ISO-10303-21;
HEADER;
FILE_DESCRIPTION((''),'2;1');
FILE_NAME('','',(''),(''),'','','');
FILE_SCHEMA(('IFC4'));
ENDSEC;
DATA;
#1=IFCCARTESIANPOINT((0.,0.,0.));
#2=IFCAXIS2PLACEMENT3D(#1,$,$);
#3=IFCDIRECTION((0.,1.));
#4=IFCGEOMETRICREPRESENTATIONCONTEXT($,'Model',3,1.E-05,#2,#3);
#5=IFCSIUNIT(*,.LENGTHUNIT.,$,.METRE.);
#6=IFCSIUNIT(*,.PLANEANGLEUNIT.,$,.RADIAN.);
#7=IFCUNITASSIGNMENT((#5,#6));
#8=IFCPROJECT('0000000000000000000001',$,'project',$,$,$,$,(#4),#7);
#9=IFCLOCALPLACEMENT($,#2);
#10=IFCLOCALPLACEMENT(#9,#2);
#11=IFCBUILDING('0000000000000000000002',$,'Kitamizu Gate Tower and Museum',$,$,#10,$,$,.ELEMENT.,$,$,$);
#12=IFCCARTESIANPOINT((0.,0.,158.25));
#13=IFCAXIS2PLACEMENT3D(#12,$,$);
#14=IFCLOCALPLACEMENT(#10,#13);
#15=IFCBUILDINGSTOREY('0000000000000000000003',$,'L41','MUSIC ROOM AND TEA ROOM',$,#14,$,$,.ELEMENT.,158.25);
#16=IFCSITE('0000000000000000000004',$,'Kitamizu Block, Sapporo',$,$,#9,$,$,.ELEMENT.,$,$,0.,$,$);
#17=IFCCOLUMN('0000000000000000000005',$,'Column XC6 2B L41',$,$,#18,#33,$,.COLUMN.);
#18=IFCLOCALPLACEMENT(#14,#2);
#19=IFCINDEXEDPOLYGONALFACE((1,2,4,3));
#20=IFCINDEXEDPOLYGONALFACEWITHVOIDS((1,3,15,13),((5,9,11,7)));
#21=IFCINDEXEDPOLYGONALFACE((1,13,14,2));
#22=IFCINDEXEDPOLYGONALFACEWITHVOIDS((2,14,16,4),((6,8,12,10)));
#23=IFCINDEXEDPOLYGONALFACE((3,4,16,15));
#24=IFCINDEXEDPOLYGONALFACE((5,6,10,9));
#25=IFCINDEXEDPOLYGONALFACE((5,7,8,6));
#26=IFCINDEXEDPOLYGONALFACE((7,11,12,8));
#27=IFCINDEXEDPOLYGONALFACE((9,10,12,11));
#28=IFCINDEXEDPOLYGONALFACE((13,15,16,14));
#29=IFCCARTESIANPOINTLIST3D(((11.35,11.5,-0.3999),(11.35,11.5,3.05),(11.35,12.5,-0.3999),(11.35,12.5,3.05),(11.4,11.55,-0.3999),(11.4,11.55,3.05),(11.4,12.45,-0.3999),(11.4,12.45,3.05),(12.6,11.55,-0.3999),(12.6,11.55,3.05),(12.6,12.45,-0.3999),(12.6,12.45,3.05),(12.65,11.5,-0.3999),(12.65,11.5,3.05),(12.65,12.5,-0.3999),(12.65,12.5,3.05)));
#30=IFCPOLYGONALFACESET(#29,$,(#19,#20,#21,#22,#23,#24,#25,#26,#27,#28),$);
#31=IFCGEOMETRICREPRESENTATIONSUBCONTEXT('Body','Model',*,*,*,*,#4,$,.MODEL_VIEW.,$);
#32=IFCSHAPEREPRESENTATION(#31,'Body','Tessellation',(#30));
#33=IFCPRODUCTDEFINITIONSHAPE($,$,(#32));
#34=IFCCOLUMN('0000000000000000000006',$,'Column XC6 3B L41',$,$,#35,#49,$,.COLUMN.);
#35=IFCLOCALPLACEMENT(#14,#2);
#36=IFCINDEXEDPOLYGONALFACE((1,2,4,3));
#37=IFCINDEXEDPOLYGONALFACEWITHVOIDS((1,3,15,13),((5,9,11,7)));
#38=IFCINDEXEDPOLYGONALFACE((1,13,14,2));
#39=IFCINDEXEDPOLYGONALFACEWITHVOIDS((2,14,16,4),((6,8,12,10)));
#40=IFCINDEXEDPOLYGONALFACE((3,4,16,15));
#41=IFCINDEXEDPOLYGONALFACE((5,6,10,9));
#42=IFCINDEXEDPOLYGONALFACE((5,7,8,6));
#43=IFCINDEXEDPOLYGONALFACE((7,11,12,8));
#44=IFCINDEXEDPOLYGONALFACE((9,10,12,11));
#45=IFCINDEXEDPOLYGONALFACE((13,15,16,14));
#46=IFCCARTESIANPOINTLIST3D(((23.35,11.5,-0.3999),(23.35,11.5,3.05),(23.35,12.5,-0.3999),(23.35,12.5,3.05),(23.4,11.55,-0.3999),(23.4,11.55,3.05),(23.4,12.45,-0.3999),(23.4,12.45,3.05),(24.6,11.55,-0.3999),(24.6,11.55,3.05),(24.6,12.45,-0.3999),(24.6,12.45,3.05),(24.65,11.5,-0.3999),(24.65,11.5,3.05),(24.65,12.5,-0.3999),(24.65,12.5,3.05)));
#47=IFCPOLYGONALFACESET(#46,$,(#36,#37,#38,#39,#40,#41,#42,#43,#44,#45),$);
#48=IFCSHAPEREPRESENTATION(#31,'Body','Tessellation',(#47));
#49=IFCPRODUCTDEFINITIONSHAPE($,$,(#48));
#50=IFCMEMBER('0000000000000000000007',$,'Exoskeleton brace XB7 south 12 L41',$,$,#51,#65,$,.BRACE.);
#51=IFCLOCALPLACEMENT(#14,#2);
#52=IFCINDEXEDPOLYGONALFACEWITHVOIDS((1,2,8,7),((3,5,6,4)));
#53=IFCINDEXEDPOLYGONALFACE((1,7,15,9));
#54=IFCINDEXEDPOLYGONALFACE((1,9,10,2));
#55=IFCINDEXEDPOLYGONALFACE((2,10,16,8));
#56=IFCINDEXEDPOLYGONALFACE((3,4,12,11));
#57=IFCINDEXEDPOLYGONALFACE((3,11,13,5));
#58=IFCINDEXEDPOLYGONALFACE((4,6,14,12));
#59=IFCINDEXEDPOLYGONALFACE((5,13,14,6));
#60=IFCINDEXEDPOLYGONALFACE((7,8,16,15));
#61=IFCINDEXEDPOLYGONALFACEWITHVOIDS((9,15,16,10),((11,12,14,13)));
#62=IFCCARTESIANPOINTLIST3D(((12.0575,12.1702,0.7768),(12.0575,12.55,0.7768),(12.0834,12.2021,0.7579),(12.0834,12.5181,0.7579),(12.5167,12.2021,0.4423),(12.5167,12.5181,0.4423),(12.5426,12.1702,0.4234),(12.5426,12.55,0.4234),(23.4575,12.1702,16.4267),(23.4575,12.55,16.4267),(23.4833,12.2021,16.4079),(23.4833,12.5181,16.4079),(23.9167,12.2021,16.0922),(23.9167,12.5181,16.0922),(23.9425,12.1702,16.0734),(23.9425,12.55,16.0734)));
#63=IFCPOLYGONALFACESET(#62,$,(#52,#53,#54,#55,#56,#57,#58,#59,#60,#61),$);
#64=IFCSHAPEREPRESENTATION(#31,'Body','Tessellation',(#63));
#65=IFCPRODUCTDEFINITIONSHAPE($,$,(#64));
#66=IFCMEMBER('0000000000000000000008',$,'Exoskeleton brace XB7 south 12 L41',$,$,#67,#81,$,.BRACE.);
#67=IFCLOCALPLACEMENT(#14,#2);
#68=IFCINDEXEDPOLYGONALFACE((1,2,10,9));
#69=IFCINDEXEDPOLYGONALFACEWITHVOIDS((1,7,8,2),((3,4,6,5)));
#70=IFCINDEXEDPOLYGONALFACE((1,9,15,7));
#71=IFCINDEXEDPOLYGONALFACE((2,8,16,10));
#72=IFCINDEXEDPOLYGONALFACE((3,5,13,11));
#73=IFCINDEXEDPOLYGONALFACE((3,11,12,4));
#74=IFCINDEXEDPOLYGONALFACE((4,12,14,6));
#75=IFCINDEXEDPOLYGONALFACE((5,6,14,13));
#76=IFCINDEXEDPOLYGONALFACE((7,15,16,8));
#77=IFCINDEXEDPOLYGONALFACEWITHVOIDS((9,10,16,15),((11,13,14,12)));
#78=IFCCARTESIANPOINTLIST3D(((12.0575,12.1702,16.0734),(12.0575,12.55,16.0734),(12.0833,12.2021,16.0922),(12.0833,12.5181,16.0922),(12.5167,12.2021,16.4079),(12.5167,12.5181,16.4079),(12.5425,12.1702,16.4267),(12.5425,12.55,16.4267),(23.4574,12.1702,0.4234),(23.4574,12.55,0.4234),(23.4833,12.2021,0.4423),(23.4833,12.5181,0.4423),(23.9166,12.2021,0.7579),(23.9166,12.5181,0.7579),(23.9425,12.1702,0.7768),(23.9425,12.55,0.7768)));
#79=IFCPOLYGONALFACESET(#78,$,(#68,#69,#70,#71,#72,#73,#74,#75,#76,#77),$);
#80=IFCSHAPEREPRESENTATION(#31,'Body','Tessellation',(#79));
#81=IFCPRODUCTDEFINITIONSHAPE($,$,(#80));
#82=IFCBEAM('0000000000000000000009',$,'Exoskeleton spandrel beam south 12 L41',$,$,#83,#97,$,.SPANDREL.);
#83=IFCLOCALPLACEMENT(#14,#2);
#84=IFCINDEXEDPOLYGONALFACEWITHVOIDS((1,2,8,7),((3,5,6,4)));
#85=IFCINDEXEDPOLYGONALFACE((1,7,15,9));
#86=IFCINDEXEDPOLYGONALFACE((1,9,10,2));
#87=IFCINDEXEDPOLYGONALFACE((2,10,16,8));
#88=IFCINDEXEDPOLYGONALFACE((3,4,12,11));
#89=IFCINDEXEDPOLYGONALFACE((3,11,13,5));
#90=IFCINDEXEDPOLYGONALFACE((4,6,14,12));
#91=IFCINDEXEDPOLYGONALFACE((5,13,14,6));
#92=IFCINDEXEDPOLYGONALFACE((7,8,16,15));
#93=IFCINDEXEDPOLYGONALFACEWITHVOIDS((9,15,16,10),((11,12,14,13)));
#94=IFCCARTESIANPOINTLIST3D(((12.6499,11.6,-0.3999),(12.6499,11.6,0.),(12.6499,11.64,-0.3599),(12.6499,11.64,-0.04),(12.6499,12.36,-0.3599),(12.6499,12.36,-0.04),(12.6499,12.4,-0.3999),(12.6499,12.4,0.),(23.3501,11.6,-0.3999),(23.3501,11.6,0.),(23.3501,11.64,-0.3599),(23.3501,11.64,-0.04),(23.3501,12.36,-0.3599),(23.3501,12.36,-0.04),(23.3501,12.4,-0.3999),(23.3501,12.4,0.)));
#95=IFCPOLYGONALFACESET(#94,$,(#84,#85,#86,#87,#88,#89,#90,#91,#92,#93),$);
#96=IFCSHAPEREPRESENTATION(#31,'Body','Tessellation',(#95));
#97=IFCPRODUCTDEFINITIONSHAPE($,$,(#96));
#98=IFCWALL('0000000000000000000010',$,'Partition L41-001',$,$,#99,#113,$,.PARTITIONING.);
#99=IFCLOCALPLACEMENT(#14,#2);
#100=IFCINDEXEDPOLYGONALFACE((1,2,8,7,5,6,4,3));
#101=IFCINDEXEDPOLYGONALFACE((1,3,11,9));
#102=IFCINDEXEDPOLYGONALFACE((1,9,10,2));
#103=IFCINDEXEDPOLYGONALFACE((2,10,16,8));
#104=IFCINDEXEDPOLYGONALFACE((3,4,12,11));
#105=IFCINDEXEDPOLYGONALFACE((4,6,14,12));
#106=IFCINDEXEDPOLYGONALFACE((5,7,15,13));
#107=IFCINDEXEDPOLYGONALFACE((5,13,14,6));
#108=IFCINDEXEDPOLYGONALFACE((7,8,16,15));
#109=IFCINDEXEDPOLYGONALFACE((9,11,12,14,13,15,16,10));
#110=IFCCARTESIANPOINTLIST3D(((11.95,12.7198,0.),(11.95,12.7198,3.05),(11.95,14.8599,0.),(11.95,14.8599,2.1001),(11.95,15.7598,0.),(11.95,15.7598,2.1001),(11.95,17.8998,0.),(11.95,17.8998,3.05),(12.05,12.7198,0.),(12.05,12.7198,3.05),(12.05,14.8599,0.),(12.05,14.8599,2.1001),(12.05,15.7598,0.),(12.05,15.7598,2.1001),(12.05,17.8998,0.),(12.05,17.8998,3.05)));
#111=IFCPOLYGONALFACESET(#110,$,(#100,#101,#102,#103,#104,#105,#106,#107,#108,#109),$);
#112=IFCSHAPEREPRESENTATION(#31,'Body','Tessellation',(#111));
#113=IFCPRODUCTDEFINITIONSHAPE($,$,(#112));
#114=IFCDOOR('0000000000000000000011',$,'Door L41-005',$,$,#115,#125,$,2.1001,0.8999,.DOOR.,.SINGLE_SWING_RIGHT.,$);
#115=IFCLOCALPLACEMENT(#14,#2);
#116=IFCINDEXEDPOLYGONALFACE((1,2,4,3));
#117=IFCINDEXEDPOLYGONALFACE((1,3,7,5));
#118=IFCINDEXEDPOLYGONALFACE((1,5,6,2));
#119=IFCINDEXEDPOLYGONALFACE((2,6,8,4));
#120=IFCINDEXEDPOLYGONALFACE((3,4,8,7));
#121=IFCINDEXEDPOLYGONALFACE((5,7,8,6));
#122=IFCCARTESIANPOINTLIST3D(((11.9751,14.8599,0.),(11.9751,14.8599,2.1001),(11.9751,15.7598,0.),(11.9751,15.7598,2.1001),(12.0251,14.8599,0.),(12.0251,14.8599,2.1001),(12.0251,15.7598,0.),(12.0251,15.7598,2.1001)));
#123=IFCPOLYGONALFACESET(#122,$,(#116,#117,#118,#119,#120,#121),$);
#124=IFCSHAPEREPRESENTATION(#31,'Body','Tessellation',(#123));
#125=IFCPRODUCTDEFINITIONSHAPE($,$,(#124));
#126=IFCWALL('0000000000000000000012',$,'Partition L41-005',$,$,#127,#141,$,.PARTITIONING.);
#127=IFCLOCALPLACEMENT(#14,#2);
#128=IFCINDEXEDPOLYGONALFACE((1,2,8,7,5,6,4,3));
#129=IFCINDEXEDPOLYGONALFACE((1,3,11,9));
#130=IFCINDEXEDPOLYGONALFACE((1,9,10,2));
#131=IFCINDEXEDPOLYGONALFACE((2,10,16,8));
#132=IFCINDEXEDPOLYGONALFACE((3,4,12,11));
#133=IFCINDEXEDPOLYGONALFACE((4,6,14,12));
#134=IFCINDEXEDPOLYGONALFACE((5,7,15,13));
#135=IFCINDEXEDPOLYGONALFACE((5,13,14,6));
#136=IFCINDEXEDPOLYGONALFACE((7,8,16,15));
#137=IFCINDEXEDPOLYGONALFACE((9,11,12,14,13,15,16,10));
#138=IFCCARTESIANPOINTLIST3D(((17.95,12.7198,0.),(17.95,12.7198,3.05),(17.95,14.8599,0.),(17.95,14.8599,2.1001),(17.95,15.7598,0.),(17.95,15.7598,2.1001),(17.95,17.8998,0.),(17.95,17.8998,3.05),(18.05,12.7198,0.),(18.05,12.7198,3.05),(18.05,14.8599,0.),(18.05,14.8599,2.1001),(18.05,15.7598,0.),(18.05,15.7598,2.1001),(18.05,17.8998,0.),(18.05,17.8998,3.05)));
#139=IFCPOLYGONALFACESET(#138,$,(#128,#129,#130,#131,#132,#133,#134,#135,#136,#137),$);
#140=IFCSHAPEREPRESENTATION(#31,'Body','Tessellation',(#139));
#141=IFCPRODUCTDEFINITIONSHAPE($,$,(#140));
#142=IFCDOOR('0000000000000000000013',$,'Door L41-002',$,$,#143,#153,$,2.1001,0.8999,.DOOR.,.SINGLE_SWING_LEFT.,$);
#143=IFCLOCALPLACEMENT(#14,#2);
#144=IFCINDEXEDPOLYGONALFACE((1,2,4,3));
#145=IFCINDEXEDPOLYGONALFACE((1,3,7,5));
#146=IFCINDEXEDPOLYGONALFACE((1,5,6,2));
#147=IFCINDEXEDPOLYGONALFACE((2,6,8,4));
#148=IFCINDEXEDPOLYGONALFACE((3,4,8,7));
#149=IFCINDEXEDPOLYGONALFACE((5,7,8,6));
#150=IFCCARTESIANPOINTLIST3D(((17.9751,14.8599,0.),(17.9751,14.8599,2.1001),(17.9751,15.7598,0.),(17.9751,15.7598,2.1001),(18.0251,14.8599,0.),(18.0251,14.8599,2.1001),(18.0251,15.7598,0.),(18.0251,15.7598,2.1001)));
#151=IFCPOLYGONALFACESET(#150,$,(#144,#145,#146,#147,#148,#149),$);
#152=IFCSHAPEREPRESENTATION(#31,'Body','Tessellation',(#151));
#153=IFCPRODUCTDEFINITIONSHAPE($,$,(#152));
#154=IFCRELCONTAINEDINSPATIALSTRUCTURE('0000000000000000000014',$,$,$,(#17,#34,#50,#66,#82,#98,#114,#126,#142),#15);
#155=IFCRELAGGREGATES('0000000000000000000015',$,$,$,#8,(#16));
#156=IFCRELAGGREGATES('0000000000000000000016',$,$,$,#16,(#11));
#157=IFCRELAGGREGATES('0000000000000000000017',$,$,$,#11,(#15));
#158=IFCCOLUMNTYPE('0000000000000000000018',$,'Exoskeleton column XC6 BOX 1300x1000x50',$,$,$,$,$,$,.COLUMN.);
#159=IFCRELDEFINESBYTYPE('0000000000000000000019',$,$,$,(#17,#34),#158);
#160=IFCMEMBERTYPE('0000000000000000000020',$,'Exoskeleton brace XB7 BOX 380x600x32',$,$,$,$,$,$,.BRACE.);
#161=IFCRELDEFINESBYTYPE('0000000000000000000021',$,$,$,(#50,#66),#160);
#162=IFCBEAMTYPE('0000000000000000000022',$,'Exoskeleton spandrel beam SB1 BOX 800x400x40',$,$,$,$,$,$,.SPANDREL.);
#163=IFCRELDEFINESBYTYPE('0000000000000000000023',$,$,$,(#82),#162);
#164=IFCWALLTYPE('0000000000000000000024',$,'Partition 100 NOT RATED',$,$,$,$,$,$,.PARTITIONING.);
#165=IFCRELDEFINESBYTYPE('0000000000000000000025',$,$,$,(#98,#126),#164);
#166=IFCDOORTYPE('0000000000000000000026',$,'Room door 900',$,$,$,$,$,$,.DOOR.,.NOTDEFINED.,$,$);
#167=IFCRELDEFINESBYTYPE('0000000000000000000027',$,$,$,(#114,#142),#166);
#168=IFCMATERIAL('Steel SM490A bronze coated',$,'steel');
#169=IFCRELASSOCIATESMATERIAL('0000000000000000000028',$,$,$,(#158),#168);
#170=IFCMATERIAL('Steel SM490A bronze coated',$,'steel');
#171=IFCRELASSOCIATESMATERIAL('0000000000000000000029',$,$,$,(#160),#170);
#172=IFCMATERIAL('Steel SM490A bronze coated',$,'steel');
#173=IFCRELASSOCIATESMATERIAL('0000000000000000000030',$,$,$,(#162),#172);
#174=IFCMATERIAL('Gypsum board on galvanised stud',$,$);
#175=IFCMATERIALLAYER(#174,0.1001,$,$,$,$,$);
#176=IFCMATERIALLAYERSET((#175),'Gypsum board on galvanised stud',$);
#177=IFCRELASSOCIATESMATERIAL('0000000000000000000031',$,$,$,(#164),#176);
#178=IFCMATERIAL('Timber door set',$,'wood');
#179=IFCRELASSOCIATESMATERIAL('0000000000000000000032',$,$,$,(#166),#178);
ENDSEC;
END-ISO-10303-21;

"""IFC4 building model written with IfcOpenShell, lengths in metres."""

from ifc_helpers import new_model, si_unit, direction, frame, frame_2d, origin, origin_2d, place, context, subcontext, project, spatial, rectangle, hollow_rectangle, extrude, material, layer, layer_set, material_profile, profile_set, type_object, element, fill, save


model = new_model("IFC4")

# Units and contexts
model_context = context("Model", 3, precision=1e-05, world=origin(), true_north=direction((0.0, 1.0)))
body_context = subcontext(model_context, "Body", "Model", "MODEL_VIEW")
ifc_project = project(units=[si_unit("LENGTHUNIT", "METRE"), si_unit("PLANEANGLEUNIT", "RADIAN")], contexts=[model_context])

# Site, building, storey
site_placement = place(None, origin())
site = spatial("IfcSite", under=ifc_project, at=site_placement, Name="Kitamizu Block, Sapporo", CompositionType="ELEMENT", RefElevation=0.0)
building_placement = place(site_placement, origin())
building = spatial("IfcBuilding", under=site, at=building_placement, Name="Kitamizu Gate Tower and Museum", CompositionType="ELEMENT")
storey_placement = place(building_placement, frame((0.0, 0.0, 158.25)))
storey = spatial("IfcBuildingStorey", under=building, at=storey_placement, Name="L41", Description="MUSIC ROOM AND TEA ROOM", CompositionType="ELEMENT", Elevation=158.25)

# Columns
ifc_material_1 = material(Name="Steel SM490A bronze coated", Category="steel")
ifc_material_profile_1 = material_profile(ifc_material_1, hollow_rectangle(XDim=1.3, YDim=1.0, WallThickness=0.05, at=origin_2d()), Name="BOX 1300x1000x50")
ifc_profile_set_1 = profile_set([ifc_material_profile_1], Name="Steel SM490A bronze coated")
column_type = type_object("IfcColumnType", Name="Exoskeleton column XC6 BOX 1300x1000x50", PredefinedType="COLUMN", material=ifc_profile_set_1)
for number, where, z_axis, x_axis, name in (
    (1, (12.0, 12.0, -0.3999), (0.0, 0.0, 1.0), (1.0, 0.0, 0.0), "Column XC6 2B L41"),
    (2, (24.0, 12.0, -0.3999), (0.0, 0.0, 1.0), (1.0, 0.0, 0.0), "Column XC6 3B L41"),
):
    element("IfcColumn", number, at=place(storey_placement, frame(where, z_axis=z_axis, x_axis=x_axis)), inside=storey, type_object=column_type, Name=name, PredefinedType="COLUMN", context=body_context, shape_type="SweptSolid", body=[
        extrude(hollow_rectangle(XDim=1.3, YDim=1.0, WallThickness=0.05, at=origin_2d()), origin(), (0.0, 0.0, 1.0), 3.45),
    ])

# Members
ifc_material_2 = material(Name="Steel SM490A bronze coated", Category="steel")
ifc_material_profile_2 = material_profile(ifc_material_2, hollow_rectangle(XDim=0.3799, YDim=0.6001, WallThickness=0.032, at=origin_2d()), Name="BOX 380x600x32")
ifc_profile_set_2 = profile_set([ifc_material_profile_2], Name="Steel SM490A bronze coated")
member_type = type_object("IfcMemberType", Name="Exoskeleton brace XB7 BOX 380x600x32", PredefinedType="BRACE", material=ifc_profile_set_2)
for number, where, z_axis, x_axis, name in (
    (3, (12.3, 12.3601, 0.6001), (0.588785, 0.0, 0.80829), (0.0, 1.0, 0.0), "Exoskeleton brace XB7 south 12 L41"),
    (4, (23.7, 12.3601, 0.6001), (-0.588785, 0.0, 0.80829), (0.0, -1.0, 0.0), "Exoskeleton brace XB7 south 12 L41"),
):
    element("IfcMember", number, at=place(storey_placement, frame(where, z_axis=z_axis, x_axis=x_axis)), inside=storey, type_object=member_type, Name=name, PredefinedType="BRACE", context=body_context, shape_type="SweptSolid", body=[
        extrude(hollow_rectangle(XDim=0.3799, YDim=0.6001, WallThickness=0.032, at=origin_2d()), origin(), (0.0, 0.0, 1.0), 19.3618),
    ])

# Beam
ifc_material_3 = material(Name="Steel SM490A bronze coated", Category="steel")
ifc_material_profile_3 = material_profile(ifc_material_3, hollow_rectangle(XDim=0.8, YDim=0.3999, WallThickness=0.04, at=origin_2d()), Name="BOX 800x400x40")
ifc_profile_set_3 = profile_set([ifc_material_profile_3], Name="Steel SM490A bronze coated")
beam_type = type_object("IfcBeamType", Name="Exoskeleton spandrel beam SB1 BOX 800x400x40", PredefinedType="SPANDREL", material=ifc_profile_set_3)
beam_placement = place(storey_placement, frame((12.6499, 12.0, -0.2), z_axis=(1.0, 0.0, 0.0), x_axis=(0.0, 1.0, 0.0)))
element("IfcBeam", 5, at=beam_placement, inside=storey, type_object=beam_type, Name="Exoskeleton spandrel beam south 12 L41", PredefinedType="SPANDREL", context=body_context, shape_type="SweptSolid", body=[
    extrude(hollow_rectangle(XDim=0.8, YDim=0.3999, WallThickness=0.04, at=origin_2d()), origin(), (0.0, 0.0, 1.0), 10.7002),
])

# Walls, openings, doors
ifc_material_4 = material(Name="Gypsum board on galvanised stud")
ifc_layer_1 = layer(ifc_material_4, 0.1001)
ifc_layer_set_1 = layer_set([ifc_layer_1], Name="Gypsum board on galvanised stud")
wall_type_1 = type_object("IfcWallType", Name="Partition 100 NOT RATED", PredefinedType="PARTITIONING", material=ifc_layer_set_1)
wall_1_placement = place(storey_placement, frame((12.0, 12.72, 0.0), z_axis=(0.0, 0.0, 1.0), x_axis=(0.0, 1.0, 0.0)))
wall_1 = element("IfcWall", 6, at=wall_1_placement, inside=storey, type_object=wall_type_1, Name="Partition L41-001", PredefinedType="PARTITIONING", context=body_context, shape_type="SweptSolid", body=[
    extrude(rectangle(XDim=5.1799, YDim=0.1001, at=frame_2d((2.5898, 0.0))), origin(), (0.0, 0.0, 1.0), 3.05),
])
opening_1_placement = place(wall_1_placement, frame((2.1399, 0.0, 0.0)))
opening_1 = element("IfcOpeningElement", 7, at=opening_1_placement, cuts=wall_1, PredefinedType="OPENING", context=body_context, shape_type="SweptSolid", body=[
    extrude(rectangle(XDim=0.8999, YDim=2.1001, at=frame_2d((0.45, 1.05))), frame((0.0, 0.0601, 0.0), z_axis=(0.0, -1.0, 0.0), x_axis=(1.0, 0.0, 0.0)), (0.0, 0.0, 1.0), 0.1201),
])
ifc_material_5 = material(Name="Timber door set", Category="wood")
door_type_1 = type_object("IfcDoorType", Name="Room door 900", OperationType="NOTDEFINED", PredefinedType="DOOR", material=ifc_material_5)
door_1_placement = place(opening_1_placement, origin())
door_1 = element("IfcDoor", 8, at=door_1_placement, inside=storey, type_object=door_type_1, Name="Door L41-005", OperationType="SINGLE_SWING_RIGHT", OverallHeight=2.1001, OverallWidth=0.8999, PredefinedType="DOOR", context=body_context, shape_type="SweptSolid", body=[
    extrude(rectangle(XDim=0.8999, YDim=2.1001, at=frame_2d((0.45, 1.05))), frame((0.0, 0.0249, 0.0), z_axis=(0.0, -1.0, 0.0), x_axis=(1.0, 0.0, 0.0)), (0.0, 0.0, 1.0), 0.05),
])
fill(opening_1, door_1)
wall_2_placement = place(storey_placement, frame((18.0, 12.72, 0.0), z_axis=(0.0, 0.0, 1.0), x_axis=(0.0, 1.0, 0.0)))
wall_2 = element("IfcWall", 9, at=wall_2_placement, inside=storey, type_object=wall_type_1, Name="Partition L41-005", PredefinedType="PARTITIONING", context=body_context, shape_type="SweptSolid", body=[
    extrude(rectangle(XDim=5.1799, YDim=0.1001, at=frame_2d((2.5898, 0.0))), origin(), (0.0, 0.0, 1.0), 3.05),
])
opening_2_placement = place(wall_2_placement, frame((2.1399, 0.0, 0.0)))
opening_2 = element("IfcOpeningElement", 10, at=opening_2_placement, cuts=wall_2, PredefinedType="OPENING", context=body_context, shape_type="SweptSolid", body=[
    extrude(rectangle(XDim=0.8999, YDim=2.1001, at=frame_2d((0.45, 1.05))), frame((0.0, 0.0601, 0.0), z_axis=(0.0, -1.0, 0.0), x_axis=(1.0, 0.0, 0.0)), (0.0, 0.0, 1.0), 0.1201),
])
door_2_placement = place(opening_2_placement, origin())
door_2 = element("IfcDoor", 11, at=door_2_placement, inside=storey, type_object=door_type_1, Name="Door L41-002", OperationType="SINGLE_SWING_LEFT", OverallHeight=2.1001, OverallWidth=0.8999, PredefinedType="DOOR", context=body_context, shape_type="SweptSolid", body=[
    extrude(rectangle(XDim=0.8999, YDim=2.1001, at=frame_2d((0.45, 1.05))), frame((0.0, 0.0249, 0.0), z_axis=(0.0, -1.0, 0.0), x_axis=(1.0, 0.0, 0.0)), (0.0, 0.0, 1.0), 0.05),
])
fill(opening_2, door_2)

save(model, "model.ifc")
